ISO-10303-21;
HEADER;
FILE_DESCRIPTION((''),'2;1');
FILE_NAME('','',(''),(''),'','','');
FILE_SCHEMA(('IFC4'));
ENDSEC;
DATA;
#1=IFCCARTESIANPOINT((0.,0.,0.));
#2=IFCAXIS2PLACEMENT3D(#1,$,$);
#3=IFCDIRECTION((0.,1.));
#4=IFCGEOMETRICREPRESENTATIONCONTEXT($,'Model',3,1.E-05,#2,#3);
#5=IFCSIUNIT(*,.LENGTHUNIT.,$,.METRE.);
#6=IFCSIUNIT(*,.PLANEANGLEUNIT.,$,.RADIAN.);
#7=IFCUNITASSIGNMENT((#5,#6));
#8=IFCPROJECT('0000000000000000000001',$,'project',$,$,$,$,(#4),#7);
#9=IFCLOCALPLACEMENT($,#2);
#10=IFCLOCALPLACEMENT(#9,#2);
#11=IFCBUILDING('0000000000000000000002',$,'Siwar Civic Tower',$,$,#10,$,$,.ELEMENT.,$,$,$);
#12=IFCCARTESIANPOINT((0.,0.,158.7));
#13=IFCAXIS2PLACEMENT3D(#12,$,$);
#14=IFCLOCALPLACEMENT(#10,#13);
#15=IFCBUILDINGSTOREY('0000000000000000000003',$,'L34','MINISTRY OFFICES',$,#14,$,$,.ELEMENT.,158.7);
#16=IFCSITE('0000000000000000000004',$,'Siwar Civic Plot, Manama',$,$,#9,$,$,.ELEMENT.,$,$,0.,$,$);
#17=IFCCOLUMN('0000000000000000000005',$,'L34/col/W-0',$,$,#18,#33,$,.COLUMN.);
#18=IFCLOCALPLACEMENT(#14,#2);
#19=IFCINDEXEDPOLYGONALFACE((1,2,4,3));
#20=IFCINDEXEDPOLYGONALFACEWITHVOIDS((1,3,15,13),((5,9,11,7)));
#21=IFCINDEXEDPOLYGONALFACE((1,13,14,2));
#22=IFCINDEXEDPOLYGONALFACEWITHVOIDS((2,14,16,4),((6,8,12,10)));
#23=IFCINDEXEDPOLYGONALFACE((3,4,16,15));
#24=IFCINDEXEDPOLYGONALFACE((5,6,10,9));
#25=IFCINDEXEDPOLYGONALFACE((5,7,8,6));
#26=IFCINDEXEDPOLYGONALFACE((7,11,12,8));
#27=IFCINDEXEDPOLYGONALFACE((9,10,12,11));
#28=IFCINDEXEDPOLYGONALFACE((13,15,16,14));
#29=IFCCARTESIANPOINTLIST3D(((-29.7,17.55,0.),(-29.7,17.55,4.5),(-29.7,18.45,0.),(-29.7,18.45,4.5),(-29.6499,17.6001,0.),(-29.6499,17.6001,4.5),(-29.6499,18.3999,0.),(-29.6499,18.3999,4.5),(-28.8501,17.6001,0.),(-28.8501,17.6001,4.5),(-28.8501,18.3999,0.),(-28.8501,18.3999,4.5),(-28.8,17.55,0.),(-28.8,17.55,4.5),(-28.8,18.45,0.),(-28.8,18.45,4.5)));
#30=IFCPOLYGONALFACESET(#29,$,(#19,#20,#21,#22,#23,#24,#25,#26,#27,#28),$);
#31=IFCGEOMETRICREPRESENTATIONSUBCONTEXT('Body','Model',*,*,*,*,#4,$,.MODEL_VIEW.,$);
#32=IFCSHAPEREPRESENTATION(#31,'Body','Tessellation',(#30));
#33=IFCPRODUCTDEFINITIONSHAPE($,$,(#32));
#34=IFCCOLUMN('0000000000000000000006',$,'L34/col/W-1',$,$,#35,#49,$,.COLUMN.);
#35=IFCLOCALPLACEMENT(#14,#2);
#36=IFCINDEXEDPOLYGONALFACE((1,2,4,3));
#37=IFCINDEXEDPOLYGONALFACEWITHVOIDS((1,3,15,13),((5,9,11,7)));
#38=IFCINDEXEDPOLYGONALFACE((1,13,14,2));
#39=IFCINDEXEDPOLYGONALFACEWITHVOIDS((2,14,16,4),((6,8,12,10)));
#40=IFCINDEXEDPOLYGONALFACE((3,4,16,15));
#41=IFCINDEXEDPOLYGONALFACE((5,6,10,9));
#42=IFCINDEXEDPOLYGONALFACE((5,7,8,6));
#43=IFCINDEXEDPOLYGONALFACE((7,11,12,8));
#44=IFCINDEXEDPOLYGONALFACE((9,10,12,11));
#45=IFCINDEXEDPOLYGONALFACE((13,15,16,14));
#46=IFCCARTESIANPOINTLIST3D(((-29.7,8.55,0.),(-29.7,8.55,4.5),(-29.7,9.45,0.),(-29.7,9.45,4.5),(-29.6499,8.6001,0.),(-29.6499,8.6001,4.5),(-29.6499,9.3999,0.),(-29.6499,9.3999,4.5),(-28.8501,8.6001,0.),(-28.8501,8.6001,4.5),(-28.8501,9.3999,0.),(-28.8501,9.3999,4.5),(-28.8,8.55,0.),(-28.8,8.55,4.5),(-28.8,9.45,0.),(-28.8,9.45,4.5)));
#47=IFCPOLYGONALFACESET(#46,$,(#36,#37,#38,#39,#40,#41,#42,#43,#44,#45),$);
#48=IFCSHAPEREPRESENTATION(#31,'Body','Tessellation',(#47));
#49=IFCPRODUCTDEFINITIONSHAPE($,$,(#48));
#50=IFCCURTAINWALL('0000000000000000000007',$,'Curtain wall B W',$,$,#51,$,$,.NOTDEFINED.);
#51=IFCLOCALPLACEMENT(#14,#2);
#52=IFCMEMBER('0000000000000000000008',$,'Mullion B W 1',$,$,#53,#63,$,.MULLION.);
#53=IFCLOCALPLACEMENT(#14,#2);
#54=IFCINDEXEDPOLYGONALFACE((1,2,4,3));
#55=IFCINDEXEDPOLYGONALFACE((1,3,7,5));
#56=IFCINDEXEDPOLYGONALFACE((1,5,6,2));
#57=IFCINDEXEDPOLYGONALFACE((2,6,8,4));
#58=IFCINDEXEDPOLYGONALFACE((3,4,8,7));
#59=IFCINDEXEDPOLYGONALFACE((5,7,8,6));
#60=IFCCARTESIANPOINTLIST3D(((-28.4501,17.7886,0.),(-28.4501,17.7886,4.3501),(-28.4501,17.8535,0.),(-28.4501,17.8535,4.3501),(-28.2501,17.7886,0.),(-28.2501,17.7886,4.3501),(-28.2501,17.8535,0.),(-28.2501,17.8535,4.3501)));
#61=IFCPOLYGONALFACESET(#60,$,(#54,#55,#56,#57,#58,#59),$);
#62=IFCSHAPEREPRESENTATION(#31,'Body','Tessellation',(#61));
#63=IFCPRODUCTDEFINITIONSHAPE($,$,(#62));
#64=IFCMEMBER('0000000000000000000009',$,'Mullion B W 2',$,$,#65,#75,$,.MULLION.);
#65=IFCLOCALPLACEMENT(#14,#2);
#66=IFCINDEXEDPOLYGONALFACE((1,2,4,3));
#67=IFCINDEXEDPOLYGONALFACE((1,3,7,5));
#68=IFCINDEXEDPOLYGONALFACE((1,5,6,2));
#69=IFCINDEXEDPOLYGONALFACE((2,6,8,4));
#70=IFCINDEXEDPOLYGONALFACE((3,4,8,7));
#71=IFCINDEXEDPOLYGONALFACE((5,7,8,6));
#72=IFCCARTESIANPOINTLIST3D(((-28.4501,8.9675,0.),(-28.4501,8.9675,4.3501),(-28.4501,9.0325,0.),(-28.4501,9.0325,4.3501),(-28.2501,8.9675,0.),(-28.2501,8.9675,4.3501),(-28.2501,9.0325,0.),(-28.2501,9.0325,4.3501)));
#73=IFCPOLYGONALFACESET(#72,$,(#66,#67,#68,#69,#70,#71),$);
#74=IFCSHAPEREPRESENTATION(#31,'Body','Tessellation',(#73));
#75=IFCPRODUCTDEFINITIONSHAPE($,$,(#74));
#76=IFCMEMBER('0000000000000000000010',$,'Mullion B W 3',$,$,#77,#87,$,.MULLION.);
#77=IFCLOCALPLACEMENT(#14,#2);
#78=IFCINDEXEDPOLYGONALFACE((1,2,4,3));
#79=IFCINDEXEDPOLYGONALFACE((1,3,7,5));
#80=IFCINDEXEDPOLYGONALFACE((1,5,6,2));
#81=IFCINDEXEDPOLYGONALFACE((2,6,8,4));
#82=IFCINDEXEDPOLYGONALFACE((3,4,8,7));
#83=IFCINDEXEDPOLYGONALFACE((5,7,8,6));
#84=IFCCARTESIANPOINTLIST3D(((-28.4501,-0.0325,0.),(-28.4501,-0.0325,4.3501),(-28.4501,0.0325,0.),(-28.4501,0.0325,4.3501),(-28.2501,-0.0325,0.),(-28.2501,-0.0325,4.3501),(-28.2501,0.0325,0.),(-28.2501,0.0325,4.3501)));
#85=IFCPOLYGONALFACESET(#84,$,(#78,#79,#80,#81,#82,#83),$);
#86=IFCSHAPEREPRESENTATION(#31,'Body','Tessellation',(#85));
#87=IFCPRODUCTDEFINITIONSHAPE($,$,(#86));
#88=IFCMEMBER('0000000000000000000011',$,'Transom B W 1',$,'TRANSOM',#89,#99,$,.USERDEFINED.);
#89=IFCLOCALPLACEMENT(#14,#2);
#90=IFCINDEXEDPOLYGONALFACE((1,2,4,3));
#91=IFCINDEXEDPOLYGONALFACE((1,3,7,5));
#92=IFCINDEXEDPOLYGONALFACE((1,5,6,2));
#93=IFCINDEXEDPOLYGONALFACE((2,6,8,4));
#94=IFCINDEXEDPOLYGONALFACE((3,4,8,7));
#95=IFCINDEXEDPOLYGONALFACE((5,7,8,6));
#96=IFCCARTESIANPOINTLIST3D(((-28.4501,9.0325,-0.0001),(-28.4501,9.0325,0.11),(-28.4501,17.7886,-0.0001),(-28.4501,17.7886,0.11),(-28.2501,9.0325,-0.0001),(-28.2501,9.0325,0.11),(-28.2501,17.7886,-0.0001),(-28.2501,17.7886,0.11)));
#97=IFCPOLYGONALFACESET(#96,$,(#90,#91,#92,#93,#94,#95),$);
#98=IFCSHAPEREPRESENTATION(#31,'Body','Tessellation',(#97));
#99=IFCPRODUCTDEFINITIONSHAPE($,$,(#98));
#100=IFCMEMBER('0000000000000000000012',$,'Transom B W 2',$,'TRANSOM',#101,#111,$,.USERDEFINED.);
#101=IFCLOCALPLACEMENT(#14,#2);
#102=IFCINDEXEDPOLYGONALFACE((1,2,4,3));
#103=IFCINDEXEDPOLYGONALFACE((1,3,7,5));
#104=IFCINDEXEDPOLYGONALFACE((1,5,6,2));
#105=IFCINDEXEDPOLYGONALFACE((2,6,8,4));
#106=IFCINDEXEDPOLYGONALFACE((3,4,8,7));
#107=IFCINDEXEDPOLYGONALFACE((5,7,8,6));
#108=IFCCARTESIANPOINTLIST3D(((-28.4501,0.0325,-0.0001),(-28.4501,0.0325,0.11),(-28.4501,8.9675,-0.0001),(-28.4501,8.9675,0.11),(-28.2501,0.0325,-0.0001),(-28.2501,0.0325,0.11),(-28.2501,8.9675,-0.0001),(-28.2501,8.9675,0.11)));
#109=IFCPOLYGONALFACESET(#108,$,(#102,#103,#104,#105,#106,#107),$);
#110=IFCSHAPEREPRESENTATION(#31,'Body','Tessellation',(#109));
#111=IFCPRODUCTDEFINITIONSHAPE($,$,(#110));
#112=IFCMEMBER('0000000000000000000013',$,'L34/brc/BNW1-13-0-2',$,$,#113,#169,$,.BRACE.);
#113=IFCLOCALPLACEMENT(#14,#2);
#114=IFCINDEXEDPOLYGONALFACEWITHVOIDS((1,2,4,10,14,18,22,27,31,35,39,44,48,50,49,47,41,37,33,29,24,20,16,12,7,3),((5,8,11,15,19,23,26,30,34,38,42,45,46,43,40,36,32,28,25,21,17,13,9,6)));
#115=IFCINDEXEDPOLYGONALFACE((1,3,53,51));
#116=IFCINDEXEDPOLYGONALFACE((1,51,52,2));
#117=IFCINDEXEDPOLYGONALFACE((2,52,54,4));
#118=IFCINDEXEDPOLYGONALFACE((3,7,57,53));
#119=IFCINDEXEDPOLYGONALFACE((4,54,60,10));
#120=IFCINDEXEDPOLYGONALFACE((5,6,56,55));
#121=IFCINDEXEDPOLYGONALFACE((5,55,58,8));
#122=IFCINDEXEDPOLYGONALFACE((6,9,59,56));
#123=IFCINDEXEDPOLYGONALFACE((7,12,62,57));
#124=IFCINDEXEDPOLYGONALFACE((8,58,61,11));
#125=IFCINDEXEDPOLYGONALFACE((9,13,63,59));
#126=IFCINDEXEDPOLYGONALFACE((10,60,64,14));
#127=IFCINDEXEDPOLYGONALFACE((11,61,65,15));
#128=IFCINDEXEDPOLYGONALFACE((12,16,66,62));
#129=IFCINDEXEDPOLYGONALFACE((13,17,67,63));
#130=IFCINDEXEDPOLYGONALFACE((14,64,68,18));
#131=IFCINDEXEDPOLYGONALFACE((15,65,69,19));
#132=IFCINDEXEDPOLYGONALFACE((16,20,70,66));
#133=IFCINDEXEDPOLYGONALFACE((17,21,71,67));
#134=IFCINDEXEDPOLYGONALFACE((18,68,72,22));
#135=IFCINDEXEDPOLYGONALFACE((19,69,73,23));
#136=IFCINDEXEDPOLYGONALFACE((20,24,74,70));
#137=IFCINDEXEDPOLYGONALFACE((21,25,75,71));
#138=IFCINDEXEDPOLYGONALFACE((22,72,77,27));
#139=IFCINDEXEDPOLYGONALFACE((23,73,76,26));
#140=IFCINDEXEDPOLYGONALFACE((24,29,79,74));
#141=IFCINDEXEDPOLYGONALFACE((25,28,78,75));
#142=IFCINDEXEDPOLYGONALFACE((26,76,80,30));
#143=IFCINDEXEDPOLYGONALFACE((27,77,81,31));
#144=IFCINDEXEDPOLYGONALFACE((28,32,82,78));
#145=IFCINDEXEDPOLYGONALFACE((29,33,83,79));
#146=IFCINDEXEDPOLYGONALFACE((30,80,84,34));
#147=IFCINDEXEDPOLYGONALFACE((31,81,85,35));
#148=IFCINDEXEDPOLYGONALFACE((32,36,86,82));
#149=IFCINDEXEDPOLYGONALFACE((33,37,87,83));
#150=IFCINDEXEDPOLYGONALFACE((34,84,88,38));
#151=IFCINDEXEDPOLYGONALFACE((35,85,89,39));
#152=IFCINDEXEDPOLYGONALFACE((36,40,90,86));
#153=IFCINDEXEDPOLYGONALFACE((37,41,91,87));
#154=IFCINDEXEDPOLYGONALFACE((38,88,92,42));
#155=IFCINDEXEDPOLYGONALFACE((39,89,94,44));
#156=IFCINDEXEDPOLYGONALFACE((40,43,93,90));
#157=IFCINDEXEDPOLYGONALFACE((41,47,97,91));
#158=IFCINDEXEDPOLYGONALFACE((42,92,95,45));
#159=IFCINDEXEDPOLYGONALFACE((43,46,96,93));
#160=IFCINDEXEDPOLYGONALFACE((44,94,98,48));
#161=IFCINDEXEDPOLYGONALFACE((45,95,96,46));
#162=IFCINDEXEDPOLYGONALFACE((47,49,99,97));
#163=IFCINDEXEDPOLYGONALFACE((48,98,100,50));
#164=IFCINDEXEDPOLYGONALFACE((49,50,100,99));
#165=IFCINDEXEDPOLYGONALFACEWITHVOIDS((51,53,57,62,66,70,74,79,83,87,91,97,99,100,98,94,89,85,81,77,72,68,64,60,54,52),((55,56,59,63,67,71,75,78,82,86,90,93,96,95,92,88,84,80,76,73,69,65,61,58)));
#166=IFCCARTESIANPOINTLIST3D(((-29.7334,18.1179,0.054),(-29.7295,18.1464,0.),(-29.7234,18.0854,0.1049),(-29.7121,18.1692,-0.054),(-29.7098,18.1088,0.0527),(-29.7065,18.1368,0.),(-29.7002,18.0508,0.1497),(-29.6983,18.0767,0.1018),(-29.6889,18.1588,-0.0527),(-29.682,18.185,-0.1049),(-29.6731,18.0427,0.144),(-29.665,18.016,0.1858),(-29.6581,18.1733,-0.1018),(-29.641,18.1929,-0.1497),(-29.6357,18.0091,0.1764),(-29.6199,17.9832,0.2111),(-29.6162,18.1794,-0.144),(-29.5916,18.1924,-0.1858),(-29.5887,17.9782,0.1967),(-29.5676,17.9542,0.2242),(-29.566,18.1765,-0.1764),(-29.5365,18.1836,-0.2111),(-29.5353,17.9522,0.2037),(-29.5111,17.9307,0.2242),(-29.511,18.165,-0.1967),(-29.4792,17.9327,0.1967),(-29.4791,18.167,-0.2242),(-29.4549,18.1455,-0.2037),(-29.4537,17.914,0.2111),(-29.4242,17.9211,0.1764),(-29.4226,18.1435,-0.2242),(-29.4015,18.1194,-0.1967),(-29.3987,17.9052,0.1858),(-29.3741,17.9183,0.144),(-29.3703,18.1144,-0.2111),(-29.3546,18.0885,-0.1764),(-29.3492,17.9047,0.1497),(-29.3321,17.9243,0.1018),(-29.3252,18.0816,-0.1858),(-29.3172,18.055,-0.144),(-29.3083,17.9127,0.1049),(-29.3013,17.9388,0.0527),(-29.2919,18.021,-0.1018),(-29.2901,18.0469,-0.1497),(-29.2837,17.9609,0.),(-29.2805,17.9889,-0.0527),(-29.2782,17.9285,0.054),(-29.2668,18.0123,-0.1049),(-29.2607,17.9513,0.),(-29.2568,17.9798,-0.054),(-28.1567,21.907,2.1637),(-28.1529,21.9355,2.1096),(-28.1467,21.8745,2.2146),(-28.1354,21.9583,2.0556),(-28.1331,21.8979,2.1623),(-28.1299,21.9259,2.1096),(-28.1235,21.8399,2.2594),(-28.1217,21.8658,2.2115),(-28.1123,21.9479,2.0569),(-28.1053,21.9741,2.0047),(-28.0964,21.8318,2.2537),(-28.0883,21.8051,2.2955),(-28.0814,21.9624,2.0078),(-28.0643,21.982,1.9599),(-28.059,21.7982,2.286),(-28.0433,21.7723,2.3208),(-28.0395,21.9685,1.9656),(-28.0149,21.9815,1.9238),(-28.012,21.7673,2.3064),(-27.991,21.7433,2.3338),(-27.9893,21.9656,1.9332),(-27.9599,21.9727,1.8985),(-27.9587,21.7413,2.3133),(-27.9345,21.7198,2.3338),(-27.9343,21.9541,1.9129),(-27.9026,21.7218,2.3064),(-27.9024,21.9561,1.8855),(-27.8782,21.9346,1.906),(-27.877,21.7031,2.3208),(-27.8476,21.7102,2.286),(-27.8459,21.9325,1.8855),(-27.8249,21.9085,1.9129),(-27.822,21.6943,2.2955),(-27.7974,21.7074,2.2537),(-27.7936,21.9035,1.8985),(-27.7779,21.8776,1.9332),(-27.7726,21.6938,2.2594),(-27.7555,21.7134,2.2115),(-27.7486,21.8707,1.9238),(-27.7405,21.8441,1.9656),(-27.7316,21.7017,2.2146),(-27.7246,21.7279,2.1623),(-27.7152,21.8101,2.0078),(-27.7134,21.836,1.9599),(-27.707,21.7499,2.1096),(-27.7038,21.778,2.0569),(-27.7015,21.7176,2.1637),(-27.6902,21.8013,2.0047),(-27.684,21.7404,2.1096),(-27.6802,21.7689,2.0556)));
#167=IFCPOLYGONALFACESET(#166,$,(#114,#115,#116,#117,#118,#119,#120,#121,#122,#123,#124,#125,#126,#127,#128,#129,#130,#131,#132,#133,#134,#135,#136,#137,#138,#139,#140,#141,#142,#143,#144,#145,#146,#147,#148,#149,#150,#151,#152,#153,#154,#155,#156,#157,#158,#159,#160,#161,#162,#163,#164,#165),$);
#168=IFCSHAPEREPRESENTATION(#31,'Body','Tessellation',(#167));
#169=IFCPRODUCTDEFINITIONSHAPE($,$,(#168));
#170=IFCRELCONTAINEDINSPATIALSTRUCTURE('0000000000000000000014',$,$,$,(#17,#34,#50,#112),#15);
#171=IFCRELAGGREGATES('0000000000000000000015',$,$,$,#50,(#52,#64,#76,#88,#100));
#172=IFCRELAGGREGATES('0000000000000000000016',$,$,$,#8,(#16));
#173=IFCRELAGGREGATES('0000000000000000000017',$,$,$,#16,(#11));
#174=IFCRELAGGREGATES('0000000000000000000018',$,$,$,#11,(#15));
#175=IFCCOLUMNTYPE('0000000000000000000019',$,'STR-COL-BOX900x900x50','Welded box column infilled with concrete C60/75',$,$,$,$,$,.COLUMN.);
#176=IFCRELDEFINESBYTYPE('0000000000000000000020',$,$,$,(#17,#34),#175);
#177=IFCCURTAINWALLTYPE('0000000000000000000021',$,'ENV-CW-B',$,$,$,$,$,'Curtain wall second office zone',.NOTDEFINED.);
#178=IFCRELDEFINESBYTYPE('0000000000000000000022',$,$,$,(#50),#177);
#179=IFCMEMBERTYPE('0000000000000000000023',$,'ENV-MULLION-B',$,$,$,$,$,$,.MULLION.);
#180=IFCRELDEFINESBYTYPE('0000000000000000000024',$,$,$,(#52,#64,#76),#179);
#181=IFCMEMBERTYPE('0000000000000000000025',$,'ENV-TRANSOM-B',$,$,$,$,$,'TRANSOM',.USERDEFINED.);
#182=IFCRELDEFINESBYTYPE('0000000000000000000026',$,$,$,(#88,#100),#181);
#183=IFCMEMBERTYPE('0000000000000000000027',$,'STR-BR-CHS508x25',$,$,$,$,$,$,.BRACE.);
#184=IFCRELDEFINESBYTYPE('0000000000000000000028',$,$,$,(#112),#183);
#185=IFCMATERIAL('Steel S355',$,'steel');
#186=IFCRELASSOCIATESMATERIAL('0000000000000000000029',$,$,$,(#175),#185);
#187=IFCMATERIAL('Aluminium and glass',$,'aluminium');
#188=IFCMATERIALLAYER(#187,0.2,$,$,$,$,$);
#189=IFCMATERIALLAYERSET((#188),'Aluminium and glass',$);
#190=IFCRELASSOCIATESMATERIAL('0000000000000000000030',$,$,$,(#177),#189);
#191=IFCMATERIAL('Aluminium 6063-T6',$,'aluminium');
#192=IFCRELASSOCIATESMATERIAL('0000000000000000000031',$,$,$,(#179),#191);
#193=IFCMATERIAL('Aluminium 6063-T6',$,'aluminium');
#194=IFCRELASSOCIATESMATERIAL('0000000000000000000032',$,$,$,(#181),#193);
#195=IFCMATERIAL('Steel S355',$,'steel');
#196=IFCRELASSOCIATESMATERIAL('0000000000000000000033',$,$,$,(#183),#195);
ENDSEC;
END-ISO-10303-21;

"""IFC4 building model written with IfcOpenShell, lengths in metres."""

from ifc_helpers import new_model, si_unit, direction, frame, origin, origin_2d, place, context, subcontext, project, spatial, rectangle, hollow_rectangle, hollow_circle, extrude, material, layer, layer_set, material_profile, profile_set, type_object, element, aggregate, save


model = new_model("IFC4")

# Units and contexts
model_context = context("Model", 3, precision=1e-05, world=origin(), true_north=direction((0.0, 1.0)))
body_context = subcontext(model_context, "Body", "Model", "MODEL_VIEW")
ifc_project = project(units=[si_unit("LENGTHUNIT", "METRE"), si_unit("PLANEANGLEUNIT", "RADIAN")], contexts=[model_context])

# Site, building, storey
site_placement = place(None, origin())
site = spatial("IfcSite", under=ifc_project, at=site_placement, Name="Siwar Civic Plot, Manama", CompositionType="ELEMENT", RefElevation=0.0)
building_placement = place(site_placement, origin())
building = spatial("IfcBuilding", under=site, at=building_placement, Name="Siwar Civic Tower", CompositionType="ELEMENT")
storey_placement = place(building_placement, frame((0.0, 0.0, 158.7)))
storey = spatial("IfcBuildingStorey", under=building, at=storey_placement, Name="L34", Description="MINISTRY OFFICES", CompositionType="ELEMENT", Elevation=158.7)

# Columns
ifc_material_1 = material(Name="Steel S355", Category="steel")
ifc_material_profile_1 = material_profile(ifc_material_1, hollow_rectangle(XDim=0.8999, YDim=0.8999, WallThickness=0.05, at=origin_2d()), Name="BOX900x900x50")
ifc_profile_set_1 = profile_set([ifc_material_profile_1], Name="Steel S355")
column_type = type_object("IfcColumnType", Name="STR-COL-BOX900x900x50", Description="Welded box column infilled with concrete C60/75", PredefinedType="COLUMN", material=ifc_profile_set_1)
for number, where, z_axis, x_axis, name in (
    (1, (-29.25, 18.0, 0.0), (0.0, 0.0, 1.0), (1.0, 0.0, 0.0), "L34/col/W-0"),
    (2, (-29.25, 9.0, 0.0), (0.0, 0.0, 1.0), (1.0, 0.0, 0.0), "L34/col/W-1"),
):
    element("IfcColumn", number, at=place(storey_placement, frame(where, z_axis=z_axis, x_axis=x_axis)), inside=storey, type_object=column_type, Name=name, PredefinedType="COLUMN", context=body_context, shape_type="SweptSolid", body=[
        extrude(hollow_rectangle(XDim=0.8999, YDim=0.8999, WallThickness=0.05, at=origin_2d()), origin(), (0.0, 0.0, 1.0), 4.5),
    ])

# Curtain wall, members
ifc_material_2 = material(Name="Aluminium and glass", Category="aluminium")
ifc_layer_1 = layer(ifc_material_2, 0.2)
ifc_layer_set_1 = layer_set([ifc_layer_1], Name="Aluminium and glass")
curtain_wall_type = type_object("IfcCurtainWallType", Name="ENV-CW-B", ElementType="Curtain wall second office zone", PredefinedType="NOTDEFINED", material=ifc_layer_set_1)
curtain_wall_placement = place(storey_placement, origin())
curtain_wall = element("IfcCurtainWall", 3, at=curtain_wall_placement, inside=storey, type_object=curtain_wall_type, Name="Curtain wall B W", PredefinedType="NOTDEFINED")
ifc_material_3 = material(Name="Aluminium 6063-T6", Category="aluminium")
ifc_material_profile_2 = material_profile(ifc_material_3, rectangle(XDim=0.2, YDim=0.0649, at=origin_2d()), Name="AL 200x65")
ifc_profile_set_2 = profile_set([ifc_material_profile_2], Name="Aluminium 6063-T6")
member_type_1 = type_object("IfcMemberType", Name="ENV-MULLION-B", PredefinedType="MULLION", material=ifc_profile_set_2)
member_1_placement = place(storey_placement, frame((-28.3501, 17.821, 0.0), z_axis=(0.0, 0.0, 1.0), x_axis=(1.0, 0.0, 0.0)))
member_1 = element("IfcMember", 4, at=member_1_placement, type_object=member_type_1, Name="Mullion B W 1", PredefinedType="MULLION", context=body_context, shape_type="SweptSolid", body=[
    extrude(rectangle(XDim=0.2, YDim=0.0649, at=origin_2d()), origin(), (0.0, 0.0, 1.0), 4.3501),
])
member_2_placement = place(storey_placement, frame((-28.3501, 9.0, 0.0), z_axis=(0.0, 0.0, 1.0), x_axis=(1.0, 0.0, 0.0)))
member_2 = element("IfcMember", 5, at=member_2_placement, type_object=member_type_1, Name="Mullion B W 2", PredefinedType="MULLION", context=body_context, shape_type="SweptSolid", body=[
    extrude(rectangle(XDim=0.2, YDim=0.0649, at=origin_2d()), origin(), (0.0, 0.0, 1.0), 4.3501),
])
member_3_placement = place(storey_placement, frame((-28.3501, 0.0, 0.0), z_axis=(0.0, 0.0, 1.0), x_axis=(1.0, 0.0, 0.0)))
member_3 = element("IfcMember", 6, at=member_3_placement, type_object=member_type_1, Name="Mullion B W 3", PredefinedType="MULLION", context=body_context, shape_type="SweptSolid", body=[
    extrude(rectangle(XDim=0.2, YDim=0.0649, at=origin_2d()), origin(), (0.0, 0.0, 1.0), 4.3501),
])
ifc_material_4 = material(Name="Aluminium 6063-T6", Category="aluminium")
ifc_material_profile_3 = material_profile(ifc_material_4, rectangle(XDim=0.2, YDim=0.1101, at=origin_2d()), Name="AL 200x110")
ifc_profile_set_3 = profile_set([ifc_material_profile_3], Name="Aluminium 6063-T6")
member_type_2 = type_object("IfcMemberType", Name="ENV-TRANSOM-B", ElementType="TRANSOM", PredefinedType="USERDEFINED", material=ifc_profile_set_3)
member_4_placement = place(storey_placement, frame((-28.3501, 17.7886, 0.0549), z_axis=(0.0, -1.0, 0.0), x_axis=(1.0, 0.0, 0.0)))
member_4 = element("IfcMember", 7, at=member_4_placement, type_object=member_type_2, Name="Transom B W 1", ObjectType="TRANSOM", PredefinedType="USERDEFINED", context=body_context, shape_type="SweptSolid", body=[
    extrude(rectangle(XDim=0.2, YDim=0.1101, at=origin_2d()), origin(), (0.0, 0.0, 1.0), 8.7561),
])
member_5_placement = place(storey_placement, frame((-28.3501, 8.9675, 0.0549), z_axis=(0.0, -1.0, 0.0), x_axis=(1.0, 0.0, 0.0)))
member_5 = element("IfcMember", 8, at=member_5_placement, type_object=member_type_2, Name="Transom B W 2", ObjectType="TRANSOM", PredefinedType="USERDEFINED", context=body_context, shape_type="SweptSolid", body=[
    extrude(rectangle(XDim=0.2, YDim=0.1101, at=origin_2d()), origin(), (0.0, 0.0, 1.0), 8.9351),
])

# Member
ifc_material_5 = material(Name="Steel S355", Category="steel")
ifc_material_profile_4 = material_profile(ifc_material_5, hollow_circle(Radius=0.2539, WallThickness=0.0249, at=origin_2d()), Name="CHS508x25")
ifc_profile_set_4 = profile_set([ifc_material_profile_4], Name="Steel S355")
member_type_3 = type_object("IfcMemberType", Name="STR-BR-CHS508x25", PredefinedType="BRACE", material=ifc_profile_set_4)
member_6_placement = place(storey_placement, frame((-29.4951, 18.0488, 0.0), z_axis=(0.341677, 0.821126, 0.457175), x_axis=(-0.92326, 0.384176, 0.0)))
element("IfcMember", 9, at=member_6_placement, inside=storey, type_object=member_type_3, Name="L34/brc/BNW1-13-0-2", PredefinedType="BRACE", context=body_context, shape_type="SweptSolid", body=[
    extrude(hollow_circle(Radius=0.2539, WallThickness=0.0249, at=origin_2d()), origin(), (0.0, 0.0, 1.0), 4.6145),
])

aggregate(curtain_wall, [member_1, member_2, member_3, member_4, member_5])

save(model, "model.ifc")
